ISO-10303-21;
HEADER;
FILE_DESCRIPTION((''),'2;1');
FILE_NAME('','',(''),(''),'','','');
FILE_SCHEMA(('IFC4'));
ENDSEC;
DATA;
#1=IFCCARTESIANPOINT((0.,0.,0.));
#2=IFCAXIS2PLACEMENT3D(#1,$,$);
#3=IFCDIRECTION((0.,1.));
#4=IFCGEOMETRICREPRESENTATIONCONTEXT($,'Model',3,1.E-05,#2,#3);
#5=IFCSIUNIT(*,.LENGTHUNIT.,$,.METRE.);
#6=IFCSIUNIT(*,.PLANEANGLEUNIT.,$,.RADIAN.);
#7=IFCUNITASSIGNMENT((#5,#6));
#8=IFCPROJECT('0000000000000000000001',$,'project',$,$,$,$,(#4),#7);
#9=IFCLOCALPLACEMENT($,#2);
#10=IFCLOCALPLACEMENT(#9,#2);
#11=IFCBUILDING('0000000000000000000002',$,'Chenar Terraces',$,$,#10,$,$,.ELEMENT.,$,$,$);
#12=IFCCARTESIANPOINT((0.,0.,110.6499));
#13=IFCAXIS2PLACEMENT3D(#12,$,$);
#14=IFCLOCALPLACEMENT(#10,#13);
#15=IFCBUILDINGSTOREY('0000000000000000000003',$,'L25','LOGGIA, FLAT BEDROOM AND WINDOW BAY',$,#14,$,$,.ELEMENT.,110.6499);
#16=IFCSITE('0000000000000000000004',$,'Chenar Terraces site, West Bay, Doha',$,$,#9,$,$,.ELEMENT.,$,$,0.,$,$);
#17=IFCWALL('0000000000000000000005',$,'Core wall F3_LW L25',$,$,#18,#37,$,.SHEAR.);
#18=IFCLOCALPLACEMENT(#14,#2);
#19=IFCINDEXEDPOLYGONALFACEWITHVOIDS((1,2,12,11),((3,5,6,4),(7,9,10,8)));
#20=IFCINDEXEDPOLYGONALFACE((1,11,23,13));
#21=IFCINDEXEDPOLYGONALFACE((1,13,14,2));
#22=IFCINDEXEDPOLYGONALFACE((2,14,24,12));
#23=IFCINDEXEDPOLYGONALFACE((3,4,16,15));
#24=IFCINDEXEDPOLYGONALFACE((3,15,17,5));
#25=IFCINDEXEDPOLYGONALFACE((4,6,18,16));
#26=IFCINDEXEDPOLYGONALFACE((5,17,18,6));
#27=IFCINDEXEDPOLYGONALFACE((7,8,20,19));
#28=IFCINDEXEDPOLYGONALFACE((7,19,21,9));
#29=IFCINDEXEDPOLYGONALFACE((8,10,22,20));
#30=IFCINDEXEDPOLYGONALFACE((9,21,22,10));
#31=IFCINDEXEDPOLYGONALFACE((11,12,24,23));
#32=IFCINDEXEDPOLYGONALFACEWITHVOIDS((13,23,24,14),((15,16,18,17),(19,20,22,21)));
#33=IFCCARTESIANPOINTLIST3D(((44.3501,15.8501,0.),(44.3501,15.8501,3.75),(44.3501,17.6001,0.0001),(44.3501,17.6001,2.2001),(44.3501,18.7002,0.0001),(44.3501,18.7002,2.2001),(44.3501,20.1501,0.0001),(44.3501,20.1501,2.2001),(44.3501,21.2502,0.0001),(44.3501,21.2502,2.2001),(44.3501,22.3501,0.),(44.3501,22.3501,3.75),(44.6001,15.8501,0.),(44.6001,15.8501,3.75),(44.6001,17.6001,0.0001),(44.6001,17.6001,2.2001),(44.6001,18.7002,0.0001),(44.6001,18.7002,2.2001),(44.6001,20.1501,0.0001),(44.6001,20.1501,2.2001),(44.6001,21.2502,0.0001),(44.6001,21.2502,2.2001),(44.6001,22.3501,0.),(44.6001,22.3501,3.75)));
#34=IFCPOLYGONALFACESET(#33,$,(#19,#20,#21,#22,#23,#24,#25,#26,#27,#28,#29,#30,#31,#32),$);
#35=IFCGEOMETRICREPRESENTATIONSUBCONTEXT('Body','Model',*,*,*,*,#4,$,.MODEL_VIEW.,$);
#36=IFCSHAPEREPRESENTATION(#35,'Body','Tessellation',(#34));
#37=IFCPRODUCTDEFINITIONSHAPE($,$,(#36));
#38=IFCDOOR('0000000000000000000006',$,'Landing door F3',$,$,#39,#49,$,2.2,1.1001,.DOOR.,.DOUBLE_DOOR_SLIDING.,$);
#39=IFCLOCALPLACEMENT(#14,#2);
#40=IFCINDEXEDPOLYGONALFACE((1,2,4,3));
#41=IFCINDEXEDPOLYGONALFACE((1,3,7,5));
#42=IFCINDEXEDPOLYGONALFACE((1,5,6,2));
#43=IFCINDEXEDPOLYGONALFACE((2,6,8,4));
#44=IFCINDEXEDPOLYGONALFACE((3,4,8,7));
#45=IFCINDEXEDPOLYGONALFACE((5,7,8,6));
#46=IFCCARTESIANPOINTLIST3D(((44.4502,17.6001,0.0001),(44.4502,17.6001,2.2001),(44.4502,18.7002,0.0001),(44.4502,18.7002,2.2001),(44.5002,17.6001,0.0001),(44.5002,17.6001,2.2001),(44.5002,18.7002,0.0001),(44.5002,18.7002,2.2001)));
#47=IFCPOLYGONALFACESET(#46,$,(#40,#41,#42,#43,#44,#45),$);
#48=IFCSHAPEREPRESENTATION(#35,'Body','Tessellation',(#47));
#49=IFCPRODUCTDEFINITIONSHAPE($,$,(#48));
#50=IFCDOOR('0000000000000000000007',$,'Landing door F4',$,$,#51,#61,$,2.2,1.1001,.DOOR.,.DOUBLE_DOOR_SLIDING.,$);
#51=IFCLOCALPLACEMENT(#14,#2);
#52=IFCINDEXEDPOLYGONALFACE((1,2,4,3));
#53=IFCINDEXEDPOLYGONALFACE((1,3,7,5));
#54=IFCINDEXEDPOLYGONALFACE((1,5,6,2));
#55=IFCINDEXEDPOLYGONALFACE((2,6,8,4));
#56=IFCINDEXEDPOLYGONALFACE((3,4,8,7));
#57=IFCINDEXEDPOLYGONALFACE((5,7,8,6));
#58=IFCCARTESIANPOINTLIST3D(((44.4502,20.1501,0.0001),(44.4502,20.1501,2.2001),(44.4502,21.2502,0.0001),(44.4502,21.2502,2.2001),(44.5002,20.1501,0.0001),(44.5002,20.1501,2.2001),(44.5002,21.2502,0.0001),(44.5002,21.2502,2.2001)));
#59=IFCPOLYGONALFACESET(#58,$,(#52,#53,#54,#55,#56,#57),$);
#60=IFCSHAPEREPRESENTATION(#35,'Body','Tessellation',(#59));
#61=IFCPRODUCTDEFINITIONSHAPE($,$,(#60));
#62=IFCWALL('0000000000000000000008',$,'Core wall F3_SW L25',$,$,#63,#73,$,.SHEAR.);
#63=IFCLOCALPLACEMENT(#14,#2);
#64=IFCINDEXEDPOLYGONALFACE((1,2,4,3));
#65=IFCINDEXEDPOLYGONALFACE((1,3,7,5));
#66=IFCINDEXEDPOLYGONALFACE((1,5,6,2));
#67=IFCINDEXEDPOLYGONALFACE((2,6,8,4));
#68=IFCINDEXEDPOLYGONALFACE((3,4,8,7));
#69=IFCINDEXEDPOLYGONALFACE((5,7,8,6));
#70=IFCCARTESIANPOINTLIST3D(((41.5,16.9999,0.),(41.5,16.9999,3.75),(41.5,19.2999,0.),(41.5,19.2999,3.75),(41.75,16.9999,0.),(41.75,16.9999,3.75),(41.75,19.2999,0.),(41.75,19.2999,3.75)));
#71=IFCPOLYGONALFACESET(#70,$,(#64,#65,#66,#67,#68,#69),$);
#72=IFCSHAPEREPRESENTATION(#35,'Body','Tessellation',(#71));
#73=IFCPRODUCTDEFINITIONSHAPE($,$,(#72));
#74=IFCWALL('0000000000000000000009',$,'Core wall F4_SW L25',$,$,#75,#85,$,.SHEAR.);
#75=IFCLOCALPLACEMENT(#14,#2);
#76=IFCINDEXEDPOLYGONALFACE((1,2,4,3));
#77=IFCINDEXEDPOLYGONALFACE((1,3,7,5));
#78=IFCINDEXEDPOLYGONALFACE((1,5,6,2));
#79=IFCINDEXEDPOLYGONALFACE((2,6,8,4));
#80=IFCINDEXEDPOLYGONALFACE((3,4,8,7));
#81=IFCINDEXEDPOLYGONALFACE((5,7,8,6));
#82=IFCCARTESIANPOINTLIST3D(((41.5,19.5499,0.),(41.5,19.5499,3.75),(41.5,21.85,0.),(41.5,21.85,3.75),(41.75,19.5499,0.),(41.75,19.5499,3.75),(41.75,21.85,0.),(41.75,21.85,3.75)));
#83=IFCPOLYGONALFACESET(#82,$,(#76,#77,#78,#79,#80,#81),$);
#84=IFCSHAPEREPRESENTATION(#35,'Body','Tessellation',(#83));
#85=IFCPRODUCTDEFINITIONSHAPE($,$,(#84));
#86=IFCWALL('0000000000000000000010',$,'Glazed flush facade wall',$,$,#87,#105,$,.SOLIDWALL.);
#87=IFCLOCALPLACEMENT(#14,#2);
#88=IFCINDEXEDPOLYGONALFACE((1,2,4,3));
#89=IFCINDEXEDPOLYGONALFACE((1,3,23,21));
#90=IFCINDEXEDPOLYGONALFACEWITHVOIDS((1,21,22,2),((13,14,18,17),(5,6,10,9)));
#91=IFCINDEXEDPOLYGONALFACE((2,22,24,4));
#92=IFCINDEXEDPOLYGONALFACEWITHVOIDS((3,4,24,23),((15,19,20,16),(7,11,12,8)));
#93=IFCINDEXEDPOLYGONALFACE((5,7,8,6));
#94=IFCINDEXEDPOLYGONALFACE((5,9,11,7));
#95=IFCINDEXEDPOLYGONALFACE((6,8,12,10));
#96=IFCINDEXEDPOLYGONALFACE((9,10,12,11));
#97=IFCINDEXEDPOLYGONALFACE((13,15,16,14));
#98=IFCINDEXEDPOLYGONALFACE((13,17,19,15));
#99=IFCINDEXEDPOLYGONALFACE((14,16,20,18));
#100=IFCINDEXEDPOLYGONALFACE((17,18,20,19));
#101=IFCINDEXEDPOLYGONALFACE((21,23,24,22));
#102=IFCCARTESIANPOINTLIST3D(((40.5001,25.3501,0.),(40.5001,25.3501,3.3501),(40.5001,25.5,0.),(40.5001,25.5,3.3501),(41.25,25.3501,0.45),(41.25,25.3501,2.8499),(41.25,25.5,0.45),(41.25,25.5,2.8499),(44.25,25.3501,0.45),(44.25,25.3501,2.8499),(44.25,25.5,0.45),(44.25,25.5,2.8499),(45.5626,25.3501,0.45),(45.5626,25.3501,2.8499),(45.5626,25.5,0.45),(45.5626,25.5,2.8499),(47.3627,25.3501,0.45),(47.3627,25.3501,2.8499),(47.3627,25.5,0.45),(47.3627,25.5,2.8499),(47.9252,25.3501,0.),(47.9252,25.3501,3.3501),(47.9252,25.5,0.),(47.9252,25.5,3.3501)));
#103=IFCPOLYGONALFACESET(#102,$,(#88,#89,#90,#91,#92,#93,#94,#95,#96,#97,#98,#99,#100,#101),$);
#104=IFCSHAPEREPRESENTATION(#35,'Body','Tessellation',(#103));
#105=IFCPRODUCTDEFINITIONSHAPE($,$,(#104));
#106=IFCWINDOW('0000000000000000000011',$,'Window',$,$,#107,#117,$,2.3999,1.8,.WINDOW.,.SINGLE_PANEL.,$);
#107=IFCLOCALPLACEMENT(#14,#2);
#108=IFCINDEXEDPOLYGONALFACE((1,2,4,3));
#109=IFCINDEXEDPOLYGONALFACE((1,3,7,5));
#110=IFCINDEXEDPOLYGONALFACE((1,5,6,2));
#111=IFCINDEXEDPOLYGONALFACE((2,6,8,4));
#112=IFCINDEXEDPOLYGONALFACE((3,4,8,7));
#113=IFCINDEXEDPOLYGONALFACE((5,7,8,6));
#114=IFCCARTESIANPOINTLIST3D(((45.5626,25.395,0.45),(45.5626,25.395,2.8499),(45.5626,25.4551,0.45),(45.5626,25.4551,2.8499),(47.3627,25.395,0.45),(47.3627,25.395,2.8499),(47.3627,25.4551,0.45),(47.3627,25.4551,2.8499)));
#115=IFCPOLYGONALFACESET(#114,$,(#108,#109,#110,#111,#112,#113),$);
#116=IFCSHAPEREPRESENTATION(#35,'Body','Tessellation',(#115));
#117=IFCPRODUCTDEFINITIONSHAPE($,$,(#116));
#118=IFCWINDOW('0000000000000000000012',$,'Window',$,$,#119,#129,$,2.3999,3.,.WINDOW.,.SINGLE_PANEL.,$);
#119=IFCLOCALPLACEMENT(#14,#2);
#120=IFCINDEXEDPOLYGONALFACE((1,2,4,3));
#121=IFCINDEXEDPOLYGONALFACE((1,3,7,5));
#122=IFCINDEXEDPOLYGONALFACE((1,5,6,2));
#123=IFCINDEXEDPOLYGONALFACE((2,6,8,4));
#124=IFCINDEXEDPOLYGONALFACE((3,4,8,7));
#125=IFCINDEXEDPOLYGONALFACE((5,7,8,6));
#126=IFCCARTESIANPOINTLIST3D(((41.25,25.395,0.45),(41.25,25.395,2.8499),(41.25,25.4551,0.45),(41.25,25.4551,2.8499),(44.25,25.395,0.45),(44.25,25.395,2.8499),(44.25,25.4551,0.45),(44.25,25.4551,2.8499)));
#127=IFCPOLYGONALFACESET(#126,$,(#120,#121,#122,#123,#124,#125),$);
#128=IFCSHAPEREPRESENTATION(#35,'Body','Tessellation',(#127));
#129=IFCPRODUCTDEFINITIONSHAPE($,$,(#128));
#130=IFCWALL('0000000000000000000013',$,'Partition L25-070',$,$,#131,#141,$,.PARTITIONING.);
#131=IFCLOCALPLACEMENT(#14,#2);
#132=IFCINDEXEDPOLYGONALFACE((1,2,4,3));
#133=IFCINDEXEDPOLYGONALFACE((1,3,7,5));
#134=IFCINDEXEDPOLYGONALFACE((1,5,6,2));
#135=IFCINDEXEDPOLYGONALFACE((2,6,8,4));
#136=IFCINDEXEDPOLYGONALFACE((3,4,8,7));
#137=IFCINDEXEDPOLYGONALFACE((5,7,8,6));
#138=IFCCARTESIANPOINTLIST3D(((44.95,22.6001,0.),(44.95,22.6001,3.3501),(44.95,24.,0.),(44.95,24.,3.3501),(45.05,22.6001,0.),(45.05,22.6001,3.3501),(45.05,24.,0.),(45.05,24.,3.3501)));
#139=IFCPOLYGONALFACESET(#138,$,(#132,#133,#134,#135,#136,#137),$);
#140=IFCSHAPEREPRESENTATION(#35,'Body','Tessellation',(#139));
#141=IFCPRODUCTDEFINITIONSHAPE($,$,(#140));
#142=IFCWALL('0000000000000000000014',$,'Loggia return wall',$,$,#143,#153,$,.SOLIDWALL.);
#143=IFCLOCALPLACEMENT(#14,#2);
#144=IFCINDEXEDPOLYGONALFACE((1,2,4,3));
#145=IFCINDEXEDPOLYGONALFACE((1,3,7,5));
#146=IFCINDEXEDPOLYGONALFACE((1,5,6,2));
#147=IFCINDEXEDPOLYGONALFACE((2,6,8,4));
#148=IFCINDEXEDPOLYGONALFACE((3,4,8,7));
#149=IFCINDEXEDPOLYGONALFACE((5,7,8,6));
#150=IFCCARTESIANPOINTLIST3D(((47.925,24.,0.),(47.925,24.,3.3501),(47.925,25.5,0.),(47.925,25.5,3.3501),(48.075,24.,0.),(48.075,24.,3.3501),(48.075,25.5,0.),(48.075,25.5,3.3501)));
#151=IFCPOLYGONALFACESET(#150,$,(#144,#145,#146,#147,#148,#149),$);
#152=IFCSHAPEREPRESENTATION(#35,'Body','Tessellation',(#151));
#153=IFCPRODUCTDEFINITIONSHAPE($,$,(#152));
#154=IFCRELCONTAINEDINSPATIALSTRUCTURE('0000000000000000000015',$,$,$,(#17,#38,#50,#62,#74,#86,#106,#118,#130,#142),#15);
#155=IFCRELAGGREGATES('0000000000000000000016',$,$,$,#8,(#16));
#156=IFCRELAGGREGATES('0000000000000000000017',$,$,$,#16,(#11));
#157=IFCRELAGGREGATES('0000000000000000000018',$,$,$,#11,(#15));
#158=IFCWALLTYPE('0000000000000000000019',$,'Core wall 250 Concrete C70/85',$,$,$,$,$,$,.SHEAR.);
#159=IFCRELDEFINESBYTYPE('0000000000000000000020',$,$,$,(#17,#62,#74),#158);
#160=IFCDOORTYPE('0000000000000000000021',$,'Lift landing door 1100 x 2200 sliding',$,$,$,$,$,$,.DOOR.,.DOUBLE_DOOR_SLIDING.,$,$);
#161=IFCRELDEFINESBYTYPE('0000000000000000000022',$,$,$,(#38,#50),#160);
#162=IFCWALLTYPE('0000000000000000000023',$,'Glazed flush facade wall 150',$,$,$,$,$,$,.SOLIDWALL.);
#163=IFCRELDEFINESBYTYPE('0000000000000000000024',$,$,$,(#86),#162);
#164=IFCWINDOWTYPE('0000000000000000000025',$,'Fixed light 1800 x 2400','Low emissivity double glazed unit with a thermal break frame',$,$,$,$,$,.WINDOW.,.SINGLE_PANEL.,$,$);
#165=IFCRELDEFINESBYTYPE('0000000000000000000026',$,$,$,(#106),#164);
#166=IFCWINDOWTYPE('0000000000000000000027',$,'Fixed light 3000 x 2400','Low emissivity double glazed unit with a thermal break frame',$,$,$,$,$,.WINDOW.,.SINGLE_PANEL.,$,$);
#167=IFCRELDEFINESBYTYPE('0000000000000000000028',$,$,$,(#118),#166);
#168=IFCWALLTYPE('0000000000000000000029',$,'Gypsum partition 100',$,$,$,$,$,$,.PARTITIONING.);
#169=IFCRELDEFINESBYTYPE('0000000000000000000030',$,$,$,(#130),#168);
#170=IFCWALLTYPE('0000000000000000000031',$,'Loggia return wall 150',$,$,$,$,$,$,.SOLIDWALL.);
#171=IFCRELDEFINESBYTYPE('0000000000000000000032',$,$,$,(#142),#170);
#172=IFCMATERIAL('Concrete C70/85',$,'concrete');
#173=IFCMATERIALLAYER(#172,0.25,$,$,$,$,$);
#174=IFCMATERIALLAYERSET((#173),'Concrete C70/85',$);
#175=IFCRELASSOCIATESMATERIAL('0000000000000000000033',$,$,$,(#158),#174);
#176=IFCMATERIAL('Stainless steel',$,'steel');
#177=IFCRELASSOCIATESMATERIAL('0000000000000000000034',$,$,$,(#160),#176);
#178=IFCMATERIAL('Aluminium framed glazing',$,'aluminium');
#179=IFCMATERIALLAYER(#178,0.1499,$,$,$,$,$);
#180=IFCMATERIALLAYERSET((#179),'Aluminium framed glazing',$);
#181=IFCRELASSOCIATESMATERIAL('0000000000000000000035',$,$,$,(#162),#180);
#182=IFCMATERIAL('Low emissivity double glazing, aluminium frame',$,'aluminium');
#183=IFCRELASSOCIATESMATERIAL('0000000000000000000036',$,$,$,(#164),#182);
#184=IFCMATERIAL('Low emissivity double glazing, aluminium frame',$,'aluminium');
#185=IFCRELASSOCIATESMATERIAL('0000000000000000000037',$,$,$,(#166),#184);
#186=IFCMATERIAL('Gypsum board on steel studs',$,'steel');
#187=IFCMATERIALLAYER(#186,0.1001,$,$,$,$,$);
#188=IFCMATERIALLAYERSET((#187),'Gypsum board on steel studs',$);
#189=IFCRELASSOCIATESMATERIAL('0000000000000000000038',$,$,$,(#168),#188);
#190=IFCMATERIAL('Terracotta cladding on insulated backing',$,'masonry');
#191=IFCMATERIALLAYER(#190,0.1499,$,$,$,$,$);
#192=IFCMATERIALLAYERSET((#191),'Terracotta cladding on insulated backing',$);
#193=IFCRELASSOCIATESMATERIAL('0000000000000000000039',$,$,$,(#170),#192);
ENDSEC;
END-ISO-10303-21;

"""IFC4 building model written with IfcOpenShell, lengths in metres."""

from ifc_helpers import new_model, si_unit, direction, frame, frame_2d, origin, place, context, subcontext, project, spatial, rectangle, extrude, material, layer, layer_set, type_object, element, fill, save


model = new_model("IFC4")

# Units and contexts
model_context = context("Model", 3, precision=1e-05, world=origin(), true_north=direction((0.0, 1.0)))
body_context = subcontext(model_context, "Body", "Model", "MODEL_VIEW")
ifc_project = project(units=[si_unit("LENGTHUNIT", "METRE"), si_unit("PLANEANGLEUNIT", "RADIAN")], contexts=[model_context])

# Site, building, storey
site_placement = place(None, origin())
site = spatial("IfcSite", under=ifc_project, at=site_placement, Name="Chenar Terraces site, West Bay, Doha", CompositionType="ELEMENT", RefElevation=0.0)
building_placement = place(site_placement, origin())
building = spatial("IfcBuilding", under=site, at=building_placement, Name="Chenar Terraces", CompositionType="ELEMENT")
storey_placement = place(building_placement, frame((0.0, 0.0, 110.6499)))
storey = spatial("IfcBuildingStorey", under=building, at=storey_placement, Name="L25", Description="LOGGIA, FLAT BEDROOM AND WINDOW BAY", CompositionType="ELEMENT", Elevation=110.6499)

# Shared definitions
ifc_material_1 = material(Name="Concrete C70/85", Category="concrete")
ifc_layer_1 = layer(ifc_material_1, 0.25)
ifc_layer_set_1 = layer_set([ifc_layer_1], Name="Concrete C70/85")
wall_type_1 = type_object("IfcWallType", Name="Core wall 250 Concrete C70/85", PredefinedType="SHEAR", material=ifc_layer_set_1)

# Wall, openings, doors
wall_1_placement = place(storey_placement, frame((44.4751, 15.8501, 0.0), z_axis=(0.0, 0.0, 1.0), x_axis=(0.0, 1.0, 0.0)))
wall_1 = element("IfcWall", 1, at=wall_1_placement, inside=storey, type_object=wall_type_1, Name="Core wall F3_LW L25", PredefinedType="SHEAR", context=body_context, shape_type="SweptSolid", body=[
    extrude(rectangle(XDim=6.5, YDim=0.25, at=frame_2d((3.25, 0.0))), origin(), (0.0, 0.0, 1.0), 3.75),
])
opening_1_placement = place(wall_1_placement, frame((1.75, 0.0, 0.0)))
opening_1 = element("IfcOpeningElement", 2, at=opening_1_placement, cuts=wall_1, PredefinedType="OPENING", context=body_context, shape_type="SweptSolid", body=[
    extrude(rectangle(XDim=1.1001, YDim=2.2, at=frame_2d((0.55, 1.1001))), frame((0.0, 0.135, 0.0), z_axis=(0.0, -1.0, 0.0), x_axis=(1.0, 0.0, 0.0)), (0.0, 0.0, 1.0), 0.27),
])
opening_2_placement = place(wall_1_placement, frame((4.3, 0.0, 0.0)))
opening_2 = element("IfcOpeningElement", 3, at=opening_2_placement, cuts=wall_1, PredefinedType="OPENING", context=body_context, shape_type="SweptSolid", body=[
    extrude(rectangle(XDim=1.1001, YDim=2.2, at=frame_2d((0.55, 1.1001))), frame((0.0, 0.135, 0.0), z_axis=(0.0, -1.0, 0.0), x_axis=(1.0, 0.0, 0.0)), (0.0, 0.0, 1.0), 0.27),
])
ifc_material_2 = material(Name="Stainless steel", Category="steel")
door_type_1 = type_object("IfcDoorType", Name="Lift landing door 1100 x 2200 sliding", OperationType="DOUBLE_DOOR_SLIDING", PredefinedType="DOOR", material=ifc_material_2)
door_1_placement = place(opening_1_placement, origin())
door_1 = element("IfcDoor", 4, at=door_1_placement, inside=storey, type_object=door_type_1, Name="Landing door F3", OperationType="DOUBLE_DOOR_SLIDING", OverallHeight=2.2, OverallWidth=1.1001, PredefinedType="DOOR", context=body_context, shape_type="SweptSolid", body=[
    extrude(rectangle(XDim=1.1001, YDim=2.2, at=frame_2d((0.55, 1.1001))), frame((0.0, 0.0249, 0.0), z_axis=(0.0, -1.0, 0.0), x_axis=(1.0, 0.0, 0.0)), (0.0, 0.0, 1.0), 0.05),
])
fill(opening_1, door_1)
door_2_placement = place(opening_2_placement, origin())
door_2 = element("IfcDoor", 5, at=door_2_placement, inside=storey, type_object=door_type_1, Name="Landing door F4", OperationType="DOUBLE_DOOR_SLIDING", OverallHeight=2.2, OverallWidth=1.1001, PredefinedType="DOOR", context=body_context, shape_type="SweptSolid", body=[
    extrude(rectangle(XDim=1.1001, YDim=2.2, at=frame_2d((0.55, 1.1001))), frame((0.0, 0.0249, 0.0), z_axis=(0.0, -1.0, 0.0), x_axis=(1.0, 0.0, 0.0)), (0.0, 0.0, 1.0), 0.05),
])
fill(opening_2, door_2)

# Walls
for number, where, z_axis, x_axis, name in (
    (6, (41.625, 17.0, 0.0), (0.0, 0.0, 1.0), (0.0, 1.0, 0.0), "Core wall F3_SW L25"),
    (7, (41.625, 19.55, 0.0), (0.0, 0.0, 1.0), (0.0, 1.0, 0.0), "Core wall F4_SW L25"),
):
    element("IfcWall", number, at=place(storey_placement, frame(where, z_axis=z_axis, x_axis=x_axis)), inside=storey, type_object=wall_type_1, Name=name, PredefinedType="SHEAR", context=body_context, shape_type="SweptSolid", body=[
        extrude(rectangle(XDim=2.3, YDim=0.25, at=frame_2d((1.1499, 0.0))), origin(), (0.0, 0.0, 1.0), 3.75),
    ])

# Wall, openings, windows
ifc_material_3 = material(Name="Aluminium framed glazing", Category="aluminium")
ifc_layer_2 = layer(ifc_material_3, 0.1499)
ifc_layer_set_2 = layer_set([ifc_layer_2], Name="Aluminium framed glazing")
wall_type_2 = type_object("IfcWallType", Name="Glazed flush facade wall 150", PredefinedType="SOLIDWALL", material=ifc_layer_set_2)
wall_2_placement = place(storey_placement, frame((47.925, 25.425, 0.0), z_axis=(0.0, 0.0, 1.0), x_axis=(-1.0, 0.0, 0.0)))
wall_2 = element("IfcWall", 8, at=wall_2_placement, inside=storey, type_object=wall_type_2, Name="Glazed flush facade wall", PredefinedType="SOLIDWALL", context=body_context, shape_type="SweptSolid", body=[
    extrude(rectangle(XDim=7.425, YDim=0.1499, at=frame_2d((3.7124, 0.0))), origin(), (0.0, 0.0, 1.0), 3.3501),
])
opening_3_placement = place(wall_2_placement, frame((0.5625, 0.0, 0.45)))
opening_3 = element("IfcOpeningElement", 9, at=opening_3_placement, cuts=wall_2, PredefinedType="OPENING", context=body_context, shape_type="SweptSolid", body=[
    extrude(rectangle(XDim=1.8, YDim=2.3999, at=frame_2d((0.8999, 1.2))), frame((0.0, 0.085, 0.0), z_axis=(0.0, -1.0, 0.0), x_axis=(1.0, 0.0, 0.0)), (0.0, 0.0, 1.0), 0.1699),
])
opening_4_placement = place(wall_2_placement, frame((3.675, 0.0, 0.45)))
opening_4 = element("IfcOpeningElement", 10, at=opening_4_placement, cuts=wall_2, PredefinedType="OPENING", context=body_context, shape_type="SweptSolid", body=[
    extrude(rectangle(XDim=3.0, YDim=2.3999, at=frame_2d((1.5, 1.2))), frame((0.0, 0.085, 0.0), z_axis=(0.0, -1.0, 0.0), x_axis=(1.0, 0.0, 0.0)), (0.0, 0.0, 1.0), 0.1699),
])
ifc_material_4 = material(Name="Low emissivity double glazing, aluminium frame", Category="aluminium")
window_type_1 = type_object("IfcWindowType", Name="Fixed light 1800 x 2400", Description="Low emissivity double glazed unit with a thermal break frame", PartitioningType="SINGLE_PANEL", PredefinedType="WINDOW", material=ifc_material_4)
window_1_placement = place(opening_3_placement, origin())
window_1 = element("IfcWindow", 11, at=window_1_placement, inside=storey, type_object=window_type_1, Name="Window", OverallHeight=2.3999, OverallWidth=1.8, PartitioningType="SINGLE_PANEL", PredefinedType="WINDOW", context=body_context, shape_type="SweptSolid", body=[
    extrude(rectangle(XDim=1.8, YDim=2.3999, at=frame_2d((0.8999, 1.2))), frame((0.0, 0.03, 0.0), z_axis=(0.0, -1.0, 0.0), x_axis=(1.0, 0.0, 0.0)), (0.0, 0.0, 1.0), 0.0601),
])
fill(opening_3, window_1)
ifc_material_5 = material(Name="Low emissivity double glazing, aluminium frame", Category="aluminium")
window_type_2 = type_object("IfcWindowType", Name="Fixed light 3000 x 2400", Description="Low emissivity double glazed unit with a thermal break frame", PartitioningType="SINGLE_PANEL", PredefinedType="WINDOW", material=ifc_material_5)
window_2_placement = place(opening_4_placement, origin())
window_2 = element("IfcWindow", 12, at=window_2_placement, inside=storey, type_object=window_type_2, Name="Window", OverallHeight=2.3999, OverallWidth=3.0, PartitioningType="SINGLE_PANEL", PredefinedType="WINDOW", context=body_context, shape_type="SweptSolid", body=[
    extrude(rectangle(XDim=3.0, YDim=2.3999, at=frame_2d((1.5, 1.2))), frame((0.0, 0.03, 0.0), z_axis=(0.0, -1.0, 0.0), x_axis=(1.0, 0.0, 0.0)), (0.0, 0.0, 1.0), 0.0601),
])
fill(opening_4, window_2)

# Walls
ifc_material_6 = material(Name="Gypsum board on steel studs", Category="steel")
ifc_layer_3 = layer(ifc_material_6, 0.1001)
ifc_layer_set_3 = layer_set([ifc_layer_3], Name="Gypsum board on steel studs")
wall_type_3 = type_object("IfcWallType", Name="Gypsum partition 100", PredefinedType="PARTITIONING", material=ifc_layer_set_3)
wall_3_placement = place(storey_placement, frame((45.0, 22.6001, 0.0), z_axis=(0.0, 0.0, 1.0), x_axis=(0.0, 1.0, 0.0)))
element("IfcWall", 13, at=wall_3_placement, inside=storey, type_object=wall_type_3, Name="Partition L25-070", PredefinedType="PARTITIONING", context=body_context, shape_type="SweptSolid", body=[
    extrude(rectangle(XDim=1.3999, YDim=0.1001, at=frame_2d((0.7, 0.0))), origin(), (0.0, 0.0, 1.0), 3.3501),
])
ifc_material_7 = material(Name="Terracotta cladding on insulated backing", Category="masonry")
ifc_layer_4 = layer(ifc_material_7, 0.1499)
ifc_layer_set_4 = layer_set([ifc_layer_4], Name="Terracotta cladding on insulated backing")
wall_type_4 = type_object("IfcWallType", Name="Loggia return wall 150", PredefinedType="SOLIDWALL", material=ifc_layer_set_4)
wall_4_placement = place(storey_placement, frame((48.0, 25.5, 0.0), z_axis=(0.0, 0.0, 1.0), x_axis=(0.0, -1.0, 0.0)))
element("IfcWall", 14, at=wall_4_placement, inside=storey, type_object=wall_type_4, Name="Loggia return wall", PredefinedType="SOLIDWALL", context=body_context, shape_type="SweptSolid", body=[
    extrude(rectangle(XDim=1.5, YDim=0.1499, at=frame_2d((0.75, 0.0))), origin(), (0.0, 0.0, 1.0), 3.3501),
])

save(model, "model.ifc")
